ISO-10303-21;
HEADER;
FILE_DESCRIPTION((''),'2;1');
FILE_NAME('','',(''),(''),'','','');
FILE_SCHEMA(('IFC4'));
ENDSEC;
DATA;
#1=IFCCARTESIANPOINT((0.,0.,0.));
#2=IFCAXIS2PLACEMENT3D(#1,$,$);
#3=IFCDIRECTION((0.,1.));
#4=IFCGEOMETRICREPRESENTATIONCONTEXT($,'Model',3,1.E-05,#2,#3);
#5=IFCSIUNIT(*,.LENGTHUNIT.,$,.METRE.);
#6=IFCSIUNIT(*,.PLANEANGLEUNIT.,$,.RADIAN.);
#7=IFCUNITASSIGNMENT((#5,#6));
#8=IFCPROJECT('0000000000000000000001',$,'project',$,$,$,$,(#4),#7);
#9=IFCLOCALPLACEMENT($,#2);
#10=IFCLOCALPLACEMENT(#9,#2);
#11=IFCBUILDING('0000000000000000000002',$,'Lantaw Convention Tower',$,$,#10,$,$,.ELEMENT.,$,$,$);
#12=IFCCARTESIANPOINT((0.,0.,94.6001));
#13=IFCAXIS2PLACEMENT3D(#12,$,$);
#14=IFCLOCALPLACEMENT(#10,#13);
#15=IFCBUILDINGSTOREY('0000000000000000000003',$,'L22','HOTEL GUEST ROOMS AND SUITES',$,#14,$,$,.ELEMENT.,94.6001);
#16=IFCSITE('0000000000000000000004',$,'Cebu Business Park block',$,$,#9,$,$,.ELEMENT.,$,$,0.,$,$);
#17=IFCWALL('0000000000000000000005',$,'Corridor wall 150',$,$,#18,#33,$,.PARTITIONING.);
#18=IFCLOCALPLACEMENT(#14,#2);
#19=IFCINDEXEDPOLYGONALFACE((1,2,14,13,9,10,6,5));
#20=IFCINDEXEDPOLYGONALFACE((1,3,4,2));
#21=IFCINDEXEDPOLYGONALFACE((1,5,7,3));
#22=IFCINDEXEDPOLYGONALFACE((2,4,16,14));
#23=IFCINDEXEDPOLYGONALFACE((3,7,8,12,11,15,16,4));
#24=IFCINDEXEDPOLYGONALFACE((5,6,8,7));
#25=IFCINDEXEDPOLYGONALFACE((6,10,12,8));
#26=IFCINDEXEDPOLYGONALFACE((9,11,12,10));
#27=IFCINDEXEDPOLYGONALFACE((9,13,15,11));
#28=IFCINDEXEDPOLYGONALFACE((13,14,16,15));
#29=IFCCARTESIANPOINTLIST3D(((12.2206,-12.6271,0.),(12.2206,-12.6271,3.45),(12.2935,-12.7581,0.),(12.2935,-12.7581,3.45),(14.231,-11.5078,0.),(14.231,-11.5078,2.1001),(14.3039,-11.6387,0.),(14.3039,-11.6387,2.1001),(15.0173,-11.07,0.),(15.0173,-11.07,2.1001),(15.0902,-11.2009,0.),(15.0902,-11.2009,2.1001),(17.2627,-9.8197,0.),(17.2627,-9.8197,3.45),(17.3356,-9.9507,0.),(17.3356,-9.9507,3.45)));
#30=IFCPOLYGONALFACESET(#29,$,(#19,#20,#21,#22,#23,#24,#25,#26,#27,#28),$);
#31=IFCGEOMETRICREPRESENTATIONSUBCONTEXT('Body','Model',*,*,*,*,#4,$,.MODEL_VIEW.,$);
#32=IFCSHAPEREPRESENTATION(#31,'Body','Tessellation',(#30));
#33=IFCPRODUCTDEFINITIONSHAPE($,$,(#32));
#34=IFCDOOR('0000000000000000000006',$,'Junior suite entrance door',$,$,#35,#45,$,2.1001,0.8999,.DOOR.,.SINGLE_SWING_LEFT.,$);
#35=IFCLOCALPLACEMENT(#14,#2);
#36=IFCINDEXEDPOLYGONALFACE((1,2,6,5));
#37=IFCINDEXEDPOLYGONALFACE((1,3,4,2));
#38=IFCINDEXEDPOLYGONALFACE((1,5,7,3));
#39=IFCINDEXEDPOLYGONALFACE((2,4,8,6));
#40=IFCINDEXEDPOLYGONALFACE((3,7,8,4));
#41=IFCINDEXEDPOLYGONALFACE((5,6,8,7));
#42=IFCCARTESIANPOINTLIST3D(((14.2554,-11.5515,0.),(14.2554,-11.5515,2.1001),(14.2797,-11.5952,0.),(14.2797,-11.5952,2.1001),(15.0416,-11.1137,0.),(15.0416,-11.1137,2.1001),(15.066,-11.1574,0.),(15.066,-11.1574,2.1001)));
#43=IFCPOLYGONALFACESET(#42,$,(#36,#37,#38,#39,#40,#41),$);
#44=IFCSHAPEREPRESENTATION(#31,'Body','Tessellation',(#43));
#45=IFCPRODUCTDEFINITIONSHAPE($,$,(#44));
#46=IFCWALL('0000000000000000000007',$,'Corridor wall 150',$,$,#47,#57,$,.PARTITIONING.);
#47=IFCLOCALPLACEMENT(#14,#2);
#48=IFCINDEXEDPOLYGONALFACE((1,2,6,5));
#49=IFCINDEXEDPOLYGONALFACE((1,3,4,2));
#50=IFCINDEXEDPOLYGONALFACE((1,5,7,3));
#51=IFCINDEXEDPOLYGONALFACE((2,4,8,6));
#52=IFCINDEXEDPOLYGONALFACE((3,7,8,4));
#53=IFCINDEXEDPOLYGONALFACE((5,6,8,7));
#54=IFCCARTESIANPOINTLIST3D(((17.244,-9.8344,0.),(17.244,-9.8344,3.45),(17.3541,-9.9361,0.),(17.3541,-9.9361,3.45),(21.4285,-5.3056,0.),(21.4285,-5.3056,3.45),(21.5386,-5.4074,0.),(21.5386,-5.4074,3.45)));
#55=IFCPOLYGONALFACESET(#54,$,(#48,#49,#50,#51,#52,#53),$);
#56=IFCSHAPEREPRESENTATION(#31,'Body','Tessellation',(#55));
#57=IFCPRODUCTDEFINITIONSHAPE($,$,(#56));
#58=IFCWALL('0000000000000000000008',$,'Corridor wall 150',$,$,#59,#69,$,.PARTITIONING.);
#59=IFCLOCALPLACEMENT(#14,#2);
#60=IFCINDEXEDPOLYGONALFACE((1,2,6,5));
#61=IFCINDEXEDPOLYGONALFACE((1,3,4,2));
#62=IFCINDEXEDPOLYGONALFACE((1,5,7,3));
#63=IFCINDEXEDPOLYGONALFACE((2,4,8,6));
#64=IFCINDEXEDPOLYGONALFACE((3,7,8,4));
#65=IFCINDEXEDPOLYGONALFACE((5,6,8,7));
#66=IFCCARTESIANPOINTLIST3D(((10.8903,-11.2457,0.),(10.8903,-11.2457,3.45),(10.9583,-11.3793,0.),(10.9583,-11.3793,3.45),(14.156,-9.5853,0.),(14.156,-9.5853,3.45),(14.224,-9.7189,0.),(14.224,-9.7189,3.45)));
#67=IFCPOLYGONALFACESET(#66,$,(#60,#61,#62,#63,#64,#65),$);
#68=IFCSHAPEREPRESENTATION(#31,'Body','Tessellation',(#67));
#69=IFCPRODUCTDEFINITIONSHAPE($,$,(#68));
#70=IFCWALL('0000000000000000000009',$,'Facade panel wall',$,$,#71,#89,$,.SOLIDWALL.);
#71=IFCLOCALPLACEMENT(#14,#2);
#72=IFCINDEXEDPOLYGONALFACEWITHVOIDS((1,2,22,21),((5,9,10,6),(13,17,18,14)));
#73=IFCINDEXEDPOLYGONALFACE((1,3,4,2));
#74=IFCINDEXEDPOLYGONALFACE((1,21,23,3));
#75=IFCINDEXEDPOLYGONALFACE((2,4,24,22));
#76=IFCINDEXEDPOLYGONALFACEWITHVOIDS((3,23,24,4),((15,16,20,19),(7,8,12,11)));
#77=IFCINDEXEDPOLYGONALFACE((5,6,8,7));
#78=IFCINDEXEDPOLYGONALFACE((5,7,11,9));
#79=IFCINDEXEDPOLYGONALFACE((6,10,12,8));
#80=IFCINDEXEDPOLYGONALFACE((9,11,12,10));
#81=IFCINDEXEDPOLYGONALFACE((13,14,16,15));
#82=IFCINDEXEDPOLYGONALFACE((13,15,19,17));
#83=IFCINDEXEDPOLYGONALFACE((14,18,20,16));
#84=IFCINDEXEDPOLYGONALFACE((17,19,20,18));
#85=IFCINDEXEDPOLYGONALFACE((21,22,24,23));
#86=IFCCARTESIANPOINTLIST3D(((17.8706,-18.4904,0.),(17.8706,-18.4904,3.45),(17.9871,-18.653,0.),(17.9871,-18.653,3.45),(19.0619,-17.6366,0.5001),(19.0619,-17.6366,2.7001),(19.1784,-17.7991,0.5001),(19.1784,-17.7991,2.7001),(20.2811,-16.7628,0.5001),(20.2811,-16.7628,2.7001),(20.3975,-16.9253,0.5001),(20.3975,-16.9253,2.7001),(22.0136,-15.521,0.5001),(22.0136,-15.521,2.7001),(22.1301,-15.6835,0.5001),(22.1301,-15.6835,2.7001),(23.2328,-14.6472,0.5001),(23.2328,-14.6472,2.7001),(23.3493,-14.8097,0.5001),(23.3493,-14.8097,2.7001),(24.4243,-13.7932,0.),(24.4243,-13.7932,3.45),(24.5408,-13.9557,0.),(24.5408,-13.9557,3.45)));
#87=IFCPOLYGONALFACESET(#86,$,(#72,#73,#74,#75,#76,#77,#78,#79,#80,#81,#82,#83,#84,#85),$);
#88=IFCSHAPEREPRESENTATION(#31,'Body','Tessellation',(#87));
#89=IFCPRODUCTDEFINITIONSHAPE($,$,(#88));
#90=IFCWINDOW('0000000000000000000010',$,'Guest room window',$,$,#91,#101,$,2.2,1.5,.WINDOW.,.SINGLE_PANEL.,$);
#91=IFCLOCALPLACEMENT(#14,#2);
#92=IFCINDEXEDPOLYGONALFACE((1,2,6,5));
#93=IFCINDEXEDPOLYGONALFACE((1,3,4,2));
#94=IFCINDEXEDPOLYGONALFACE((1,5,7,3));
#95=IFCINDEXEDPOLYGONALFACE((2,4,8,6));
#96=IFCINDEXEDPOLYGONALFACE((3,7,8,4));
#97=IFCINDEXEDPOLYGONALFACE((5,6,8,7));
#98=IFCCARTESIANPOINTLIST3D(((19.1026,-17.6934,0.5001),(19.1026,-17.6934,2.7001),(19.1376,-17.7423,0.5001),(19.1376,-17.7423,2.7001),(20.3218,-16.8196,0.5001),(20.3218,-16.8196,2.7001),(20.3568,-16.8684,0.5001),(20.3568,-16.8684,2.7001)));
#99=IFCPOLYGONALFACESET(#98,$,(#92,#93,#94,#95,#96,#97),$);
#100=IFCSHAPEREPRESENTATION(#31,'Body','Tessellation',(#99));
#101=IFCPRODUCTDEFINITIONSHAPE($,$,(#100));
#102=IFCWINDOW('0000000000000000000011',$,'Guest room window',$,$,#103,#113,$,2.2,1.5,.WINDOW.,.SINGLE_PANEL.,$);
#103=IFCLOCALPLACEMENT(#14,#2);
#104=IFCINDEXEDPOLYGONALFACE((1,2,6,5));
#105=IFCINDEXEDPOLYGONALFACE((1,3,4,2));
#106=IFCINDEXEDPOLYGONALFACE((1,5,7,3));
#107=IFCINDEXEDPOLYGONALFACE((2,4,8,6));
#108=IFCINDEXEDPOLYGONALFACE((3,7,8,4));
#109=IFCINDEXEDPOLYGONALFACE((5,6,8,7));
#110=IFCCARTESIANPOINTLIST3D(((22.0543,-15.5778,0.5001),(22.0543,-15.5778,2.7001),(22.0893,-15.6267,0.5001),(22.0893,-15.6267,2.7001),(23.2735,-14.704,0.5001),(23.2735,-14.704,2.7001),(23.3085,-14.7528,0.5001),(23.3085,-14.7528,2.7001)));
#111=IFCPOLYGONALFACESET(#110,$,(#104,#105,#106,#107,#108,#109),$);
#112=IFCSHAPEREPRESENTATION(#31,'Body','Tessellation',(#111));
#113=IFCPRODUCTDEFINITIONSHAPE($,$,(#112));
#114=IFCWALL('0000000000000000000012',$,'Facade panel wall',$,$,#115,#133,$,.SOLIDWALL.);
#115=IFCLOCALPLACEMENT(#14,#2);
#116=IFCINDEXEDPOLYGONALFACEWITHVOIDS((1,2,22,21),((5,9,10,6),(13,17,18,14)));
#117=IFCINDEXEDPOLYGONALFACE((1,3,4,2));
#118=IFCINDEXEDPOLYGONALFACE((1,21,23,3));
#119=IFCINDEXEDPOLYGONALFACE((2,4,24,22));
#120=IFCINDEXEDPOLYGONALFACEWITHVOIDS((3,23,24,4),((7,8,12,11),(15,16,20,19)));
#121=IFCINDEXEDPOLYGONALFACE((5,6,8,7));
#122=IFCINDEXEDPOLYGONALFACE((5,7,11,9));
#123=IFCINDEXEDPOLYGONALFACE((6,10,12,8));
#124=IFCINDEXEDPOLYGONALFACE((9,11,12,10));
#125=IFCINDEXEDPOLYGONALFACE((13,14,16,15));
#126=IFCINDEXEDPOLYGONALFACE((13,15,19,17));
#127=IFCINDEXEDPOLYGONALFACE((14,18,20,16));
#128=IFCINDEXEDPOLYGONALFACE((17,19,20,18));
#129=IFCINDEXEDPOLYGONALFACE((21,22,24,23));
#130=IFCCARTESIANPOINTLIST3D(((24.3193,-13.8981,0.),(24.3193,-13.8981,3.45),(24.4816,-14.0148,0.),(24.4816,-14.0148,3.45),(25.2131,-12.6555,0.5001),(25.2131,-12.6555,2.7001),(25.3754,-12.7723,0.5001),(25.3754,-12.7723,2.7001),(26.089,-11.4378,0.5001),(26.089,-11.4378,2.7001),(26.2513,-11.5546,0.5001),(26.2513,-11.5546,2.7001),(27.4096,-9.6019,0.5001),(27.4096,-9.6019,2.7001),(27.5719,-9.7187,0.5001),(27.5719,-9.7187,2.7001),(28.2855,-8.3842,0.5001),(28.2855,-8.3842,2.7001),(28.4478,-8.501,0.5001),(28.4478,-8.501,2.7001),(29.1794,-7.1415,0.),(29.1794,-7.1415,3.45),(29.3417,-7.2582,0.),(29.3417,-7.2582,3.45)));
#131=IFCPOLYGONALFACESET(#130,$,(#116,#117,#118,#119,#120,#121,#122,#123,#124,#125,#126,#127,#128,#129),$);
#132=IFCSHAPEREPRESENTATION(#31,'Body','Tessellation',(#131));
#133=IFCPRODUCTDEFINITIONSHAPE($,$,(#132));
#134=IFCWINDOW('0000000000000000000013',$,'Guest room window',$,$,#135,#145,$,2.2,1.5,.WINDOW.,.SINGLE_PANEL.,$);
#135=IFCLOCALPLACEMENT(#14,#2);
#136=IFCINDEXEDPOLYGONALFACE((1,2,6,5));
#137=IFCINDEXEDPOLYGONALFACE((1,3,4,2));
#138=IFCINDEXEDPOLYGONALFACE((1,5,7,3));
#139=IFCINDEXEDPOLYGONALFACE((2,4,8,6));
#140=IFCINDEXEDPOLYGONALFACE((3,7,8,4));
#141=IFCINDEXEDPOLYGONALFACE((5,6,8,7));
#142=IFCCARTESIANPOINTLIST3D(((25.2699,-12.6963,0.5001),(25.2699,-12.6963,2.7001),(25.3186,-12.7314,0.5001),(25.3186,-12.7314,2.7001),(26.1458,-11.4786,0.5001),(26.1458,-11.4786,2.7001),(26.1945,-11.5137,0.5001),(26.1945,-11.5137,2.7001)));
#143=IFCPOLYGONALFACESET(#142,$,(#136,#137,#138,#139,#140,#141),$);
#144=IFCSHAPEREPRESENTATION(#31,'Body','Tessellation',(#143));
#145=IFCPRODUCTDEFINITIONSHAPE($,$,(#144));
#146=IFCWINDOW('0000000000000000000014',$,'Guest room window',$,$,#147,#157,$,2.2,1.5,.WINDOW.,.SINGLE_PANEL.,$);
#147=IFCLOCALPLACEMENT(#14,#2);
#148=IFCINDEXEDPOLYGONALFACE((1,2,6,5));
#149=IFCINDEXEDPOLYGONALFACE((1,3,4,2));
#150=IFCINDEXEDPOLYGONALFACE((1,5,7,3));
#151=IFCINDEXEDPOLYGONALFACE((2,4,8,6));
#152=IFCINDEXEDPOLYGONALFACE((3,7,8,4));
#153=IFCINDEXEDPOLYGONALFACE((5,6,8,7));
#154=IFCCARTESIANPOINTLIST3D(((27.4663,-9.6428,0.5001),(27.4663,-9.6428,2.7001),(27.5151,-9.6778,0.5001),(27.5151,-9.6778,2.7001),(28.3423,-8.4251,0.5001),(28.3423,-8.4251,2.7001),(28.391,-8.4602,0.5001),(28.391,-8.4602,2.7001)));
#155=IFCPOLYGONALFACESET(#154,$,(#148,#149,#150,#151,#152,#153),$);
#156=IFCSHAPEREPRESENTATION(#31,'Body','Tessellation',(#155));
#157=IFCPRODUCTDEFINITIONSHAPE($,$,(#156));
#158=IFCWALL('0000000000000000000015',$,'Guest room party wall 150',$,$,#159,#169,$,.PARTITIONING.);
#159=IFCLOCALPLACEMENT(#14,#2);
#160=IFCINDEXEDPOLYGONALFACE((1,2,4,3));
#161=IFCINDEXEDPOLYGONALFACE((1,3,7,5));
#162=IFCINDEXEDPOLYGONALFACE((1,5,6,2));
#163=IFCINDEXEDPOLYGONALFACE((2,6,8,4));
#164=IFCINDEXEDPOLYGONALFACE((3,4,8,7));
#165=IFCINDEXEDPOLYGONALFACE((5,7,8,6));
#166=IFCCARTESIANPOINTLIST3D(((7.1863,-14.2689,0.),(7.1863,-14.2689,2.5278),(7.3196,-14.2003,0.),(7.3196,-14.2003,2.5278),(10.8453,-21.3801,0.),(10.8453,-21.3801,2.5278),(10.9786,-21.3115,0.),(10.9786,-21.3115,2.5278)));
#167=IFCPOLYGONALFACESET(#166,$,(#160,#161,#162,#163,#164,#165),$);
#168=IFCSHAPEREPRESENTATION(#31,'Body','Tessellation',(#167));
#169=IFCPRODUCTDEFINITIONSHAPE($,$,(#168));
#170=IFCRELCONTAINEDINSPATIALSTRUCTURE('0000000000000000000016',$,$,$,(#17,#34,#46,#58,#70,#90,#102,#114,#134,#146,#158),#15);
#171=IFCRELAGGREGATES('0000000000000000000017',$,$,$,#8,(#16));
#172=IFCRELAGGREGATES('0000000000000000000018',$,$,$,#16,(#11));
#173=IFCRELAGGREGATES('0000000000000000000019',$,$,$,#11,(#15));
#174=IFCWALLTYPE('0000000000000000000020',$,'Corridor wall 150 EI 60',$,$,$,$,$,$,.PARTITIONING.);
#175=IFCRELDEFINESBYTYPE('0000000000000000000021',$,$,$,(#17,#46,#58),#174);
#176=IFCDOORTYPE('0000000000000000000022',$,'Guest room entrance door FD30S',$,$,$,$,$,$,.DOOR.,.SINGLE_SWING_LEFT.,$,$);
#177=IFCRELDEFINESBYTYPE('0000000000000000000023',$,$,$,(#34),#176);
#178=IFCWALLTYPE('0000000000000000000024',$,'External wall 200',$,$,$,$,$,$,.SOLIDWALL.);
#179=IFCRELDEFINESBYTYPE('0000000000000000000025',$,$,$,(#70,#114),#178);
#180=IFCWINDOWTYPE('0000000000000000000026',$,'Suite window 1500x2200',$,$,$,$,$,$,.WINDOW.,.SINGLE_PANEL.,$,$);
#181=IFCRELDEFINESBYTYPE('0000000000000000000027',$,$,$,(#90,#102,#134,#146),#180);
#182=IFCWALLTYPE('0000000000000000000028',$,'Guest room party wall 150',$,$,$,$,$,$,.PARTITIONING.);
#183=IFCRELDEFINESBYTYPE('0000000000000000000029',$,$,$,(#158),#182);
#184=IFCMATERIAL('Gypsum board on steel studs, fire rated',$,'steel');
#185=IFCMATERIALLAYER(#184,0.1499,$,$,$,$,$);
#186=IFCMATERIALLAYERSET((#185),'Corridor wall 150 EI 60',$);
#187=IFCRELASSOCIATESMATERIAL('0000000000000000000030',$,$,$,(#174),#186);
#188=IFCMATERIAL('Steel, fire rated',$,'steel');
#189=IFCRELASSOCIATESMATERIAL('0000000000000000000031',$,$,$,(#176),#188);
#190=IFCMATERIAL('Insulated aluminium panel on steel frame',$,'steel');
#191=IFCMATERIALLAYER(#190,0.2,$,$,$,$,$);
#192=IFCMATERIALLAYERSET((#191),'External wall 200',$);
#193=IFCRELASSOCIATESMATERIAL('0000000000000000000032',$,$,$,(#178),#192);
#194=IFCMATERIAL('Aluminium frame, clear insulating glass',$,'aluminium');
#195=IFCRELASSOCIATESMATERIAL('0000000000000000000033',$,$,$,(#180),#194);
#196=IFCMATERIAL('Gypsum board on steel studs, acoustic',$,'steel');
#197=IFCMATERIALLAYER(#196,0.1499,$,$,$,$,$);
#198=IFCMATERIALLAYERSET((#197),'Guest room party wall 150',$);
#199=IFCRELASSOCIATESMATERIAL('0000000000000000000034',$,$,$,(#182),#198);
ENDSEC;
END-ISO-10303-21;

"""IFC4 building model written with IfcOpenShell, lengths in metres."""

from ifc_helpers import new_model, si_unit, direction, frame, frame_2d, origin, place, context, subcontext, project, spatial, rectangle, extrude, material, layer, layer_set, type_object, element, fill, save


model = new_model("IFC4")

# Units and contexts
model_context = context("Model", 3, precision=1e-05, world=origin(), true_north=direction((0.0, 1.0)))
body_context = subcontext(model_context, "Body", "Model", "MODEL_VIEW")
ifc_project = project(units=[si_unit("LENGTHUNIT", "METRE"), si_unit("PLANEANGLEUNIT", "RADIAN")], contexts=[model_context])

# Site, building, storey
site_placement = place(None, origin())
site = spatial("IfcSite", under=ifc_project, at=site_placement, Name="Cebu Business Park block", CompositionType="ELEMENT", RefElevation=0.0)
building_placement = place(site_placement, origin())
building = spatial("IfcBuilding", under=site, at=building_placement, Name="Lantaw Convention Tower", CompositionType="ELEMENT")
storey_placement = place(building_placement, frame((0.0, 0.0, 94.6001)))
storey = spatial("IfcBuildingStorey", under=building, at=storey_placement, Name="L22", Description="HOTEL GUEST ROOMS AND SUITES", CompositionType="ELEMENT", Elevation=94.6001)

# Wall, opening, door
ifc_material_1 = material(Name="Steel, fire rated", Category="steel")
ifc_material_2 = material(Name="Gypsum board on steel studs, fire rated", Category="steel")
ifc_layer_1 = layer(ifc_material_2, 0.1499)
ifc_layer_set_1 = layer_set([ifc_layer_1], Name="Corridor wall 150 EI 60")
wall_type_1 = type_object("IfcWallType", Name="Corridor wall 150 EI 60", PredefinedType="PARTITIONING", material=ifc_layer_set_1)
wall_1_placement = place(storey_placement, frame((12.2571, -12.6926, 0.0), z_axis=(0.0, 0.0, 1.0), x_axis=(0.873696, 0.486472, 0.0)))
wall_1 = element("IfcWall", 1, at=wall_1_placement, inside=storey, type_object=wall_type_1, Name="Corridor wall 150", PredefinedType="PARTITIONING", context=body_context, shape_type="SweptSolid", body=[
    extrude(rectangle(XDim=5.771, YDim=0.1499, at=frame_2d((2.8855, 0.0))), origin(), (0.0, 0.0, 1.0), 3.45),
])
opening_1_placement = place(wall_1_placement, frame((2.301, 0.0, 0.0)))
opening_1 = element("IfcOpeningElement", 2, at=opening_1_placement, cuts=wall_1, PredefinedType="OPENING", context=body_context, shape_type="SweptSolid", body=[
    extrude(rectangle(XDim=0.8999, YDim=2.1001, at=frame_2d((0.45, 1.05))), frame((0.0, 0.085, 0.0), z_axis=(0.0, -1.0, 0.0), x_axis=(1.0, 0.0, 0.0)), (0.0, 0.0, 1.0), 0.1699),
])
door_type_1 = type_object("IfcDoorType", Name="Guest room entrance door FD30S", OperationType="SINGLE_SWING_LEFT", PredefinedType="DOOR", material=ifc_material_1)
door_1_placement = place(opening_1_placement, origin())
door_1 = element("IfcDoor", 3, at=door_1_placement, inside=storey, type_object=door_type_1, Name="Junior suite entrance door", OperationType="SINGLE_SWING_LEFT", OverallHeight=2.1001, OverallWidth=0.8999, PredefinedType="DOOR", context=body_context, shape_type="SweptSolid", body=[
    extrude(rectangle(XDim=0.8999, YDim=2.1001, at=frame_2d((0.45, 1.05))), frame((0.0, 0.0249, 0.0), z_axis=(0.0, -1.0, 0.0), x_axis=(1.0, 0.0, 0.0)), (0.0, 0.0, 1.0), 0.05),
])
fill(opening_1, door_1)

# Walls
wall_2_placement = place(storey_placement, frame((17.2991, -9.8853, 0.0), z_axis=(0.0, 0.0, 1.0), x_axis=(0.678642, 0.734469, 0.0)))
element("IfcWall", 4, at=wall_2_placement, inside=storey, type_object=wall_type_1, Name="Corridor wall 150", PredefinedType="PARTITIONING", context=body_context, shape_type="SweptSolid", body=[
    extrude(rectangle(XDim=6.166, YDim=0.1499, at=frame_2d((3.083, 0.0))), origin(), (0.0, 0.0, 1.0), 3.45),
])
wall_3_placement = place(storey_placement, frame((10.9243, -11.3125, 0.0), z_axis=(0.0, 0.0, 1.0), x_axis=(0.891395, 0.453228, 0.0)))
element("IfcWall", 5, at=wall_3_placement, inside=storey, type_object=wall_type_1, Name="Corridor wall 150", PredefinedType="PARTITIONING", context=body_context, shape_type="SweptSolid", body=[
    extrude(rectangle(XDim=3.6636, YDim=0.1499, at=frame_2d((1.8318, 0.0))), origin(), (0.0, 0.0, 1.0), 3.45),
])

# Walls, openings, windows
ifc_material_3 = material(Name="Insulated aluminium panel on steel frame", Category="steel")
ifc_layer_2 = layer(ifc_material_3, 0.2)
ifc_layer_set_2 = layer_set([ifc_layer_2], Name="External wall 200")
wall_type_2 = type_object("IfcWallType", Name="External wall 200", PredefinedType="SOLIDWALL", material=ifc_layer_set_2)
wall_4_placement = place(storey_placement, frame((17.9287, -18.5718, 0.0), z_axis=(0.0, 0.0, 1.0), x_axis=(0.812791, 0.582555, 0.0)))
wall_4 = element("IfcWall", 6, at=wall_4_placement, inside=storey, type_object=wall_type_2, Name="Facade panel wall", PredefinedType="SOLIDWALL", context=body_context, shape_type="SweptSolid", body=[
    extrude(rectangle(XDim=8.0632, YDim=0.2, at=frame_2d((4.0317, 0.0))), origin(), (0.0, 0.0, 1.0), 3.45),
])
opening_2_placement = place(wall_4_placement, frame((1.4658, 0.0, 0.5)))
opening_2 = element("IfcOpeningElement", 7, at=opening_2_placement, cuts=wall_4, PredefinedType="OPENING", context=body_context, shape_type="SweptSolid", body=[
    extrude(rectangle(XDim=1.5, YDim=2.2, at=frame_2d((0.75, 1.1001))), frame((0.0, 0.1099, 0.0), z_axis=(0.0, -1.0, 0.0), x_axis=(1.0, 0.0, 0.0)), (0.0, 0.0, 1.0), 0.22),
])
opening_3_placement = place(wall_4_placement, frame((5.0974, 0.0, 0.5)))
opening_3 = element("IfcOpeningElement", 8, at=opening_3_placement, cuts=wall_4, PredefinedType="OPENING", context=body_context, shape_type="SweptSolid", body=[
    extrude(rectangle(XDim=1.5, YDim=2.2, at=frame_2d((0.75, 1.1001))), frame((0.0, 0.1099, 0.0), z_axis=(0.0, -1.0, 0.0), x_axis=(1.0, 0.0, 0.0)), (0.0, 0.0, 1.0), 0.22),
])
ifc_material_4 = material(Name="Aluminium frame, clear insulating glass", Category="aluminium")
window_type = type_object("IfcWindowType", Name="Suite window 1500x2200", PartitioningType="SINGLE_PANEL", PredefinedType="WINDOW", material=ifc_material_4)
window_1_placement = place(opening_2_placement, origin())
window_1 = element("IfcWindow", 9, at=window_1_placement, inside=storey, type_object=window_type, Name="Guest room window", OverallHeight=2.2, OverallWidth=1.5, PartitioningType="SINGLE_PANEL", PredefinedType="WINDOW", context=body_context, shape_type="SweptSolid", body=[
    extrude(rectangle(XDim=1.5, YDim=2.2, at=frame_2d((0.75, 1.1001))), frame((0.0, 0.03, 0.0), z_axis=(0.0, -1.0, 0.0), x_axis=(1.0, 0.0, 0.0)), (0.0, 0.0, 1.0), 0.0601),
])
fill(opening_2, window_1)
window_2_placement = place(opening_3_placement, origin())
window_2 = element("IfcWindow", 10, at=window_2_placement, inside=storey, type_object=window_type, Name="Guest room window", OverallHeight=2.2, OverallWidth=1.5, PartitioningType="SINGLE_PANEL", PredefinedType="WINDOW", context=body_context, shape_type="SweptSolid", body=[
    extrude(rectangle(XDim=1.5, YDim=2.2, at=frame_2d((0.75, 1.1001))), frame((0.0, 0.03, 0.0), z_axis=(0.0, -1.0, 0.0), x_axis=(1.0, 0.0, 0.0)), (0.0, 0.0, 1.0), 0.0601),
])
fill(opening_3, window_2)
wall_5_placement = place(storey_placement, frame((24.4004, -13.9565, 0.0), z_axis=(0.0, 0.0, 1.0), x_axis=(0.583938, 0.811799, 0.0)))
wall_5 = element("IfcWall", 11, at=wall_5_placement, inside=storey, type_object=wall_type_2, Name="Facade panel wall", PredefinedType="SOLIDWALL", context=body_context, shape_type="SweptSolid", body=[
    extrude(rectangle(XDim=8.323, YDim=0.2, at=frame_2d((4.1616, 0.0))), origin(), (0.0, 0.0, 1.0), 3.45),
])
opening_4_placement = place(wall_5_placement, frame((1.5308, 0.0, 0.5)))
opening_4 = element("IfcOpeningElement", 12, at=opening_4_placement, cuts=wall_5, PredefinedType="OPENING", context=body_context, shape_type="SweptSolid", body=[
    extrude(rectangle(XDim=1.5, YDim=2.2, at=frame_2d((0.75, 1.1001))), frame((0.0, 0.1099, 0.0), z_axis=(0.0, -1.0, 0.0), x_axis=(1.0, 0.0, 0.0)), (0.0, 0.0, 1.0), 0.22),
])
opening_5_placement = place(wall_5_placement, frame((5.2922, 0.0, 0.5)))
opening_5 = element("IfcOpeningElement", 13, at=opening_5_placement, cuts=wall_5, PredefinedType="OPENING", context=body_context, shape_type="SweptSolid", body=[
    extrude(rectangle(XDim=1.5, YDim=2.2, at=frame_2d((0.75, 1.1001))), frame((0.0, 0.1099, 0.0), z_axis=(0.0, -1.0, 0.0), x_axis=(1.0, 0.0, 0.0)), (0.0, 0.0, 1.0), 0.22),
])
window_3_placement = place(opening_4_placement, origin())
window_3 = element("IfcWindow", 14, at=window_3_placement, inside=storey, type_object=window_type, Name="Guest room window", OverallHeight=2.2, OverallWidth=1.5, PartitioningType="SINGLE_PANEL", PredefinedType="WINDOW", context=body_context, shape_type="SweptSolid", body=[
    extrude(rectangle(XDim=1.5, YDim=2.2, at=frame_2d((0.75, 1.1001))), frame((0.0, 0.03, 0.0), z_axis=(0.0, -1.0, 0.0), x_axis=(1.0, 0.0, 0.0)), (0.0, 0.0, 1.0), 0.0601),
])
fill(opening_4, window_3)
window_4_placement = place(opening_5_placement, origin())
window_4 = element("IfcWindow", 15, at=window_4_placement, inside=storey, type_object=window_type, Name="Guest room window", OverallHeight=2.2, OverallWidth=1.5, PartitioningType="SINGLE_PANEL", PredefinedType="WINDOW", context=body_context, shape_type="SweptSolid", body=[
    extrude(rectangle(XDim=1.5, YDim=2.2, at=frame_2d((0.75, 1.1001))), frame((0.0, 0.03, 0.0), z_axis=(0.0, -1.0, 0.0), x_axis=(1.0, 0.0, 0.0)), (0.0, 0.0, 1.0), 0.0601),
])
fill(opening_5, window_4)

# Wall
ifc_material_5 = material(Name="Gypsum board on steel studs, acoustic", Category="steel")
ifc_layer_3 = layer(ifc_material_5, 0.1499)
ifc_layer_set_3 = layer_set([ifc_layer_3], Name="Guest room party wall 150")
wall_type_3 = type_object("IfcWallType", Name="Guest room party wall 150", PredefinedType="PARTITIONING", material=ifc_layer_set_3)
wall_6_placement = place(storey_placement, frame((10.9119, -21.3457, 0.0), z_axis=(0.0, 0.0, 1.0), x_axis=(-0.457527, 0.889196, 0.0)))
element("IfcWall", 16, at=wall_6_placement, inside=storey, type_object=wall_type_3, Name="Guest room party wall 150", PredefinedType="PARTITIONING", context=body_context, shape_type="SweptSolid", body=[
    extrude(rectangle(XDim=7.9973, YDim=0.1499, at=frame_2d((3.9985, 0.0))), origin(), (0.0, 0.0, 1.0), 2.5278),
])

save(model, "model.ifc")
